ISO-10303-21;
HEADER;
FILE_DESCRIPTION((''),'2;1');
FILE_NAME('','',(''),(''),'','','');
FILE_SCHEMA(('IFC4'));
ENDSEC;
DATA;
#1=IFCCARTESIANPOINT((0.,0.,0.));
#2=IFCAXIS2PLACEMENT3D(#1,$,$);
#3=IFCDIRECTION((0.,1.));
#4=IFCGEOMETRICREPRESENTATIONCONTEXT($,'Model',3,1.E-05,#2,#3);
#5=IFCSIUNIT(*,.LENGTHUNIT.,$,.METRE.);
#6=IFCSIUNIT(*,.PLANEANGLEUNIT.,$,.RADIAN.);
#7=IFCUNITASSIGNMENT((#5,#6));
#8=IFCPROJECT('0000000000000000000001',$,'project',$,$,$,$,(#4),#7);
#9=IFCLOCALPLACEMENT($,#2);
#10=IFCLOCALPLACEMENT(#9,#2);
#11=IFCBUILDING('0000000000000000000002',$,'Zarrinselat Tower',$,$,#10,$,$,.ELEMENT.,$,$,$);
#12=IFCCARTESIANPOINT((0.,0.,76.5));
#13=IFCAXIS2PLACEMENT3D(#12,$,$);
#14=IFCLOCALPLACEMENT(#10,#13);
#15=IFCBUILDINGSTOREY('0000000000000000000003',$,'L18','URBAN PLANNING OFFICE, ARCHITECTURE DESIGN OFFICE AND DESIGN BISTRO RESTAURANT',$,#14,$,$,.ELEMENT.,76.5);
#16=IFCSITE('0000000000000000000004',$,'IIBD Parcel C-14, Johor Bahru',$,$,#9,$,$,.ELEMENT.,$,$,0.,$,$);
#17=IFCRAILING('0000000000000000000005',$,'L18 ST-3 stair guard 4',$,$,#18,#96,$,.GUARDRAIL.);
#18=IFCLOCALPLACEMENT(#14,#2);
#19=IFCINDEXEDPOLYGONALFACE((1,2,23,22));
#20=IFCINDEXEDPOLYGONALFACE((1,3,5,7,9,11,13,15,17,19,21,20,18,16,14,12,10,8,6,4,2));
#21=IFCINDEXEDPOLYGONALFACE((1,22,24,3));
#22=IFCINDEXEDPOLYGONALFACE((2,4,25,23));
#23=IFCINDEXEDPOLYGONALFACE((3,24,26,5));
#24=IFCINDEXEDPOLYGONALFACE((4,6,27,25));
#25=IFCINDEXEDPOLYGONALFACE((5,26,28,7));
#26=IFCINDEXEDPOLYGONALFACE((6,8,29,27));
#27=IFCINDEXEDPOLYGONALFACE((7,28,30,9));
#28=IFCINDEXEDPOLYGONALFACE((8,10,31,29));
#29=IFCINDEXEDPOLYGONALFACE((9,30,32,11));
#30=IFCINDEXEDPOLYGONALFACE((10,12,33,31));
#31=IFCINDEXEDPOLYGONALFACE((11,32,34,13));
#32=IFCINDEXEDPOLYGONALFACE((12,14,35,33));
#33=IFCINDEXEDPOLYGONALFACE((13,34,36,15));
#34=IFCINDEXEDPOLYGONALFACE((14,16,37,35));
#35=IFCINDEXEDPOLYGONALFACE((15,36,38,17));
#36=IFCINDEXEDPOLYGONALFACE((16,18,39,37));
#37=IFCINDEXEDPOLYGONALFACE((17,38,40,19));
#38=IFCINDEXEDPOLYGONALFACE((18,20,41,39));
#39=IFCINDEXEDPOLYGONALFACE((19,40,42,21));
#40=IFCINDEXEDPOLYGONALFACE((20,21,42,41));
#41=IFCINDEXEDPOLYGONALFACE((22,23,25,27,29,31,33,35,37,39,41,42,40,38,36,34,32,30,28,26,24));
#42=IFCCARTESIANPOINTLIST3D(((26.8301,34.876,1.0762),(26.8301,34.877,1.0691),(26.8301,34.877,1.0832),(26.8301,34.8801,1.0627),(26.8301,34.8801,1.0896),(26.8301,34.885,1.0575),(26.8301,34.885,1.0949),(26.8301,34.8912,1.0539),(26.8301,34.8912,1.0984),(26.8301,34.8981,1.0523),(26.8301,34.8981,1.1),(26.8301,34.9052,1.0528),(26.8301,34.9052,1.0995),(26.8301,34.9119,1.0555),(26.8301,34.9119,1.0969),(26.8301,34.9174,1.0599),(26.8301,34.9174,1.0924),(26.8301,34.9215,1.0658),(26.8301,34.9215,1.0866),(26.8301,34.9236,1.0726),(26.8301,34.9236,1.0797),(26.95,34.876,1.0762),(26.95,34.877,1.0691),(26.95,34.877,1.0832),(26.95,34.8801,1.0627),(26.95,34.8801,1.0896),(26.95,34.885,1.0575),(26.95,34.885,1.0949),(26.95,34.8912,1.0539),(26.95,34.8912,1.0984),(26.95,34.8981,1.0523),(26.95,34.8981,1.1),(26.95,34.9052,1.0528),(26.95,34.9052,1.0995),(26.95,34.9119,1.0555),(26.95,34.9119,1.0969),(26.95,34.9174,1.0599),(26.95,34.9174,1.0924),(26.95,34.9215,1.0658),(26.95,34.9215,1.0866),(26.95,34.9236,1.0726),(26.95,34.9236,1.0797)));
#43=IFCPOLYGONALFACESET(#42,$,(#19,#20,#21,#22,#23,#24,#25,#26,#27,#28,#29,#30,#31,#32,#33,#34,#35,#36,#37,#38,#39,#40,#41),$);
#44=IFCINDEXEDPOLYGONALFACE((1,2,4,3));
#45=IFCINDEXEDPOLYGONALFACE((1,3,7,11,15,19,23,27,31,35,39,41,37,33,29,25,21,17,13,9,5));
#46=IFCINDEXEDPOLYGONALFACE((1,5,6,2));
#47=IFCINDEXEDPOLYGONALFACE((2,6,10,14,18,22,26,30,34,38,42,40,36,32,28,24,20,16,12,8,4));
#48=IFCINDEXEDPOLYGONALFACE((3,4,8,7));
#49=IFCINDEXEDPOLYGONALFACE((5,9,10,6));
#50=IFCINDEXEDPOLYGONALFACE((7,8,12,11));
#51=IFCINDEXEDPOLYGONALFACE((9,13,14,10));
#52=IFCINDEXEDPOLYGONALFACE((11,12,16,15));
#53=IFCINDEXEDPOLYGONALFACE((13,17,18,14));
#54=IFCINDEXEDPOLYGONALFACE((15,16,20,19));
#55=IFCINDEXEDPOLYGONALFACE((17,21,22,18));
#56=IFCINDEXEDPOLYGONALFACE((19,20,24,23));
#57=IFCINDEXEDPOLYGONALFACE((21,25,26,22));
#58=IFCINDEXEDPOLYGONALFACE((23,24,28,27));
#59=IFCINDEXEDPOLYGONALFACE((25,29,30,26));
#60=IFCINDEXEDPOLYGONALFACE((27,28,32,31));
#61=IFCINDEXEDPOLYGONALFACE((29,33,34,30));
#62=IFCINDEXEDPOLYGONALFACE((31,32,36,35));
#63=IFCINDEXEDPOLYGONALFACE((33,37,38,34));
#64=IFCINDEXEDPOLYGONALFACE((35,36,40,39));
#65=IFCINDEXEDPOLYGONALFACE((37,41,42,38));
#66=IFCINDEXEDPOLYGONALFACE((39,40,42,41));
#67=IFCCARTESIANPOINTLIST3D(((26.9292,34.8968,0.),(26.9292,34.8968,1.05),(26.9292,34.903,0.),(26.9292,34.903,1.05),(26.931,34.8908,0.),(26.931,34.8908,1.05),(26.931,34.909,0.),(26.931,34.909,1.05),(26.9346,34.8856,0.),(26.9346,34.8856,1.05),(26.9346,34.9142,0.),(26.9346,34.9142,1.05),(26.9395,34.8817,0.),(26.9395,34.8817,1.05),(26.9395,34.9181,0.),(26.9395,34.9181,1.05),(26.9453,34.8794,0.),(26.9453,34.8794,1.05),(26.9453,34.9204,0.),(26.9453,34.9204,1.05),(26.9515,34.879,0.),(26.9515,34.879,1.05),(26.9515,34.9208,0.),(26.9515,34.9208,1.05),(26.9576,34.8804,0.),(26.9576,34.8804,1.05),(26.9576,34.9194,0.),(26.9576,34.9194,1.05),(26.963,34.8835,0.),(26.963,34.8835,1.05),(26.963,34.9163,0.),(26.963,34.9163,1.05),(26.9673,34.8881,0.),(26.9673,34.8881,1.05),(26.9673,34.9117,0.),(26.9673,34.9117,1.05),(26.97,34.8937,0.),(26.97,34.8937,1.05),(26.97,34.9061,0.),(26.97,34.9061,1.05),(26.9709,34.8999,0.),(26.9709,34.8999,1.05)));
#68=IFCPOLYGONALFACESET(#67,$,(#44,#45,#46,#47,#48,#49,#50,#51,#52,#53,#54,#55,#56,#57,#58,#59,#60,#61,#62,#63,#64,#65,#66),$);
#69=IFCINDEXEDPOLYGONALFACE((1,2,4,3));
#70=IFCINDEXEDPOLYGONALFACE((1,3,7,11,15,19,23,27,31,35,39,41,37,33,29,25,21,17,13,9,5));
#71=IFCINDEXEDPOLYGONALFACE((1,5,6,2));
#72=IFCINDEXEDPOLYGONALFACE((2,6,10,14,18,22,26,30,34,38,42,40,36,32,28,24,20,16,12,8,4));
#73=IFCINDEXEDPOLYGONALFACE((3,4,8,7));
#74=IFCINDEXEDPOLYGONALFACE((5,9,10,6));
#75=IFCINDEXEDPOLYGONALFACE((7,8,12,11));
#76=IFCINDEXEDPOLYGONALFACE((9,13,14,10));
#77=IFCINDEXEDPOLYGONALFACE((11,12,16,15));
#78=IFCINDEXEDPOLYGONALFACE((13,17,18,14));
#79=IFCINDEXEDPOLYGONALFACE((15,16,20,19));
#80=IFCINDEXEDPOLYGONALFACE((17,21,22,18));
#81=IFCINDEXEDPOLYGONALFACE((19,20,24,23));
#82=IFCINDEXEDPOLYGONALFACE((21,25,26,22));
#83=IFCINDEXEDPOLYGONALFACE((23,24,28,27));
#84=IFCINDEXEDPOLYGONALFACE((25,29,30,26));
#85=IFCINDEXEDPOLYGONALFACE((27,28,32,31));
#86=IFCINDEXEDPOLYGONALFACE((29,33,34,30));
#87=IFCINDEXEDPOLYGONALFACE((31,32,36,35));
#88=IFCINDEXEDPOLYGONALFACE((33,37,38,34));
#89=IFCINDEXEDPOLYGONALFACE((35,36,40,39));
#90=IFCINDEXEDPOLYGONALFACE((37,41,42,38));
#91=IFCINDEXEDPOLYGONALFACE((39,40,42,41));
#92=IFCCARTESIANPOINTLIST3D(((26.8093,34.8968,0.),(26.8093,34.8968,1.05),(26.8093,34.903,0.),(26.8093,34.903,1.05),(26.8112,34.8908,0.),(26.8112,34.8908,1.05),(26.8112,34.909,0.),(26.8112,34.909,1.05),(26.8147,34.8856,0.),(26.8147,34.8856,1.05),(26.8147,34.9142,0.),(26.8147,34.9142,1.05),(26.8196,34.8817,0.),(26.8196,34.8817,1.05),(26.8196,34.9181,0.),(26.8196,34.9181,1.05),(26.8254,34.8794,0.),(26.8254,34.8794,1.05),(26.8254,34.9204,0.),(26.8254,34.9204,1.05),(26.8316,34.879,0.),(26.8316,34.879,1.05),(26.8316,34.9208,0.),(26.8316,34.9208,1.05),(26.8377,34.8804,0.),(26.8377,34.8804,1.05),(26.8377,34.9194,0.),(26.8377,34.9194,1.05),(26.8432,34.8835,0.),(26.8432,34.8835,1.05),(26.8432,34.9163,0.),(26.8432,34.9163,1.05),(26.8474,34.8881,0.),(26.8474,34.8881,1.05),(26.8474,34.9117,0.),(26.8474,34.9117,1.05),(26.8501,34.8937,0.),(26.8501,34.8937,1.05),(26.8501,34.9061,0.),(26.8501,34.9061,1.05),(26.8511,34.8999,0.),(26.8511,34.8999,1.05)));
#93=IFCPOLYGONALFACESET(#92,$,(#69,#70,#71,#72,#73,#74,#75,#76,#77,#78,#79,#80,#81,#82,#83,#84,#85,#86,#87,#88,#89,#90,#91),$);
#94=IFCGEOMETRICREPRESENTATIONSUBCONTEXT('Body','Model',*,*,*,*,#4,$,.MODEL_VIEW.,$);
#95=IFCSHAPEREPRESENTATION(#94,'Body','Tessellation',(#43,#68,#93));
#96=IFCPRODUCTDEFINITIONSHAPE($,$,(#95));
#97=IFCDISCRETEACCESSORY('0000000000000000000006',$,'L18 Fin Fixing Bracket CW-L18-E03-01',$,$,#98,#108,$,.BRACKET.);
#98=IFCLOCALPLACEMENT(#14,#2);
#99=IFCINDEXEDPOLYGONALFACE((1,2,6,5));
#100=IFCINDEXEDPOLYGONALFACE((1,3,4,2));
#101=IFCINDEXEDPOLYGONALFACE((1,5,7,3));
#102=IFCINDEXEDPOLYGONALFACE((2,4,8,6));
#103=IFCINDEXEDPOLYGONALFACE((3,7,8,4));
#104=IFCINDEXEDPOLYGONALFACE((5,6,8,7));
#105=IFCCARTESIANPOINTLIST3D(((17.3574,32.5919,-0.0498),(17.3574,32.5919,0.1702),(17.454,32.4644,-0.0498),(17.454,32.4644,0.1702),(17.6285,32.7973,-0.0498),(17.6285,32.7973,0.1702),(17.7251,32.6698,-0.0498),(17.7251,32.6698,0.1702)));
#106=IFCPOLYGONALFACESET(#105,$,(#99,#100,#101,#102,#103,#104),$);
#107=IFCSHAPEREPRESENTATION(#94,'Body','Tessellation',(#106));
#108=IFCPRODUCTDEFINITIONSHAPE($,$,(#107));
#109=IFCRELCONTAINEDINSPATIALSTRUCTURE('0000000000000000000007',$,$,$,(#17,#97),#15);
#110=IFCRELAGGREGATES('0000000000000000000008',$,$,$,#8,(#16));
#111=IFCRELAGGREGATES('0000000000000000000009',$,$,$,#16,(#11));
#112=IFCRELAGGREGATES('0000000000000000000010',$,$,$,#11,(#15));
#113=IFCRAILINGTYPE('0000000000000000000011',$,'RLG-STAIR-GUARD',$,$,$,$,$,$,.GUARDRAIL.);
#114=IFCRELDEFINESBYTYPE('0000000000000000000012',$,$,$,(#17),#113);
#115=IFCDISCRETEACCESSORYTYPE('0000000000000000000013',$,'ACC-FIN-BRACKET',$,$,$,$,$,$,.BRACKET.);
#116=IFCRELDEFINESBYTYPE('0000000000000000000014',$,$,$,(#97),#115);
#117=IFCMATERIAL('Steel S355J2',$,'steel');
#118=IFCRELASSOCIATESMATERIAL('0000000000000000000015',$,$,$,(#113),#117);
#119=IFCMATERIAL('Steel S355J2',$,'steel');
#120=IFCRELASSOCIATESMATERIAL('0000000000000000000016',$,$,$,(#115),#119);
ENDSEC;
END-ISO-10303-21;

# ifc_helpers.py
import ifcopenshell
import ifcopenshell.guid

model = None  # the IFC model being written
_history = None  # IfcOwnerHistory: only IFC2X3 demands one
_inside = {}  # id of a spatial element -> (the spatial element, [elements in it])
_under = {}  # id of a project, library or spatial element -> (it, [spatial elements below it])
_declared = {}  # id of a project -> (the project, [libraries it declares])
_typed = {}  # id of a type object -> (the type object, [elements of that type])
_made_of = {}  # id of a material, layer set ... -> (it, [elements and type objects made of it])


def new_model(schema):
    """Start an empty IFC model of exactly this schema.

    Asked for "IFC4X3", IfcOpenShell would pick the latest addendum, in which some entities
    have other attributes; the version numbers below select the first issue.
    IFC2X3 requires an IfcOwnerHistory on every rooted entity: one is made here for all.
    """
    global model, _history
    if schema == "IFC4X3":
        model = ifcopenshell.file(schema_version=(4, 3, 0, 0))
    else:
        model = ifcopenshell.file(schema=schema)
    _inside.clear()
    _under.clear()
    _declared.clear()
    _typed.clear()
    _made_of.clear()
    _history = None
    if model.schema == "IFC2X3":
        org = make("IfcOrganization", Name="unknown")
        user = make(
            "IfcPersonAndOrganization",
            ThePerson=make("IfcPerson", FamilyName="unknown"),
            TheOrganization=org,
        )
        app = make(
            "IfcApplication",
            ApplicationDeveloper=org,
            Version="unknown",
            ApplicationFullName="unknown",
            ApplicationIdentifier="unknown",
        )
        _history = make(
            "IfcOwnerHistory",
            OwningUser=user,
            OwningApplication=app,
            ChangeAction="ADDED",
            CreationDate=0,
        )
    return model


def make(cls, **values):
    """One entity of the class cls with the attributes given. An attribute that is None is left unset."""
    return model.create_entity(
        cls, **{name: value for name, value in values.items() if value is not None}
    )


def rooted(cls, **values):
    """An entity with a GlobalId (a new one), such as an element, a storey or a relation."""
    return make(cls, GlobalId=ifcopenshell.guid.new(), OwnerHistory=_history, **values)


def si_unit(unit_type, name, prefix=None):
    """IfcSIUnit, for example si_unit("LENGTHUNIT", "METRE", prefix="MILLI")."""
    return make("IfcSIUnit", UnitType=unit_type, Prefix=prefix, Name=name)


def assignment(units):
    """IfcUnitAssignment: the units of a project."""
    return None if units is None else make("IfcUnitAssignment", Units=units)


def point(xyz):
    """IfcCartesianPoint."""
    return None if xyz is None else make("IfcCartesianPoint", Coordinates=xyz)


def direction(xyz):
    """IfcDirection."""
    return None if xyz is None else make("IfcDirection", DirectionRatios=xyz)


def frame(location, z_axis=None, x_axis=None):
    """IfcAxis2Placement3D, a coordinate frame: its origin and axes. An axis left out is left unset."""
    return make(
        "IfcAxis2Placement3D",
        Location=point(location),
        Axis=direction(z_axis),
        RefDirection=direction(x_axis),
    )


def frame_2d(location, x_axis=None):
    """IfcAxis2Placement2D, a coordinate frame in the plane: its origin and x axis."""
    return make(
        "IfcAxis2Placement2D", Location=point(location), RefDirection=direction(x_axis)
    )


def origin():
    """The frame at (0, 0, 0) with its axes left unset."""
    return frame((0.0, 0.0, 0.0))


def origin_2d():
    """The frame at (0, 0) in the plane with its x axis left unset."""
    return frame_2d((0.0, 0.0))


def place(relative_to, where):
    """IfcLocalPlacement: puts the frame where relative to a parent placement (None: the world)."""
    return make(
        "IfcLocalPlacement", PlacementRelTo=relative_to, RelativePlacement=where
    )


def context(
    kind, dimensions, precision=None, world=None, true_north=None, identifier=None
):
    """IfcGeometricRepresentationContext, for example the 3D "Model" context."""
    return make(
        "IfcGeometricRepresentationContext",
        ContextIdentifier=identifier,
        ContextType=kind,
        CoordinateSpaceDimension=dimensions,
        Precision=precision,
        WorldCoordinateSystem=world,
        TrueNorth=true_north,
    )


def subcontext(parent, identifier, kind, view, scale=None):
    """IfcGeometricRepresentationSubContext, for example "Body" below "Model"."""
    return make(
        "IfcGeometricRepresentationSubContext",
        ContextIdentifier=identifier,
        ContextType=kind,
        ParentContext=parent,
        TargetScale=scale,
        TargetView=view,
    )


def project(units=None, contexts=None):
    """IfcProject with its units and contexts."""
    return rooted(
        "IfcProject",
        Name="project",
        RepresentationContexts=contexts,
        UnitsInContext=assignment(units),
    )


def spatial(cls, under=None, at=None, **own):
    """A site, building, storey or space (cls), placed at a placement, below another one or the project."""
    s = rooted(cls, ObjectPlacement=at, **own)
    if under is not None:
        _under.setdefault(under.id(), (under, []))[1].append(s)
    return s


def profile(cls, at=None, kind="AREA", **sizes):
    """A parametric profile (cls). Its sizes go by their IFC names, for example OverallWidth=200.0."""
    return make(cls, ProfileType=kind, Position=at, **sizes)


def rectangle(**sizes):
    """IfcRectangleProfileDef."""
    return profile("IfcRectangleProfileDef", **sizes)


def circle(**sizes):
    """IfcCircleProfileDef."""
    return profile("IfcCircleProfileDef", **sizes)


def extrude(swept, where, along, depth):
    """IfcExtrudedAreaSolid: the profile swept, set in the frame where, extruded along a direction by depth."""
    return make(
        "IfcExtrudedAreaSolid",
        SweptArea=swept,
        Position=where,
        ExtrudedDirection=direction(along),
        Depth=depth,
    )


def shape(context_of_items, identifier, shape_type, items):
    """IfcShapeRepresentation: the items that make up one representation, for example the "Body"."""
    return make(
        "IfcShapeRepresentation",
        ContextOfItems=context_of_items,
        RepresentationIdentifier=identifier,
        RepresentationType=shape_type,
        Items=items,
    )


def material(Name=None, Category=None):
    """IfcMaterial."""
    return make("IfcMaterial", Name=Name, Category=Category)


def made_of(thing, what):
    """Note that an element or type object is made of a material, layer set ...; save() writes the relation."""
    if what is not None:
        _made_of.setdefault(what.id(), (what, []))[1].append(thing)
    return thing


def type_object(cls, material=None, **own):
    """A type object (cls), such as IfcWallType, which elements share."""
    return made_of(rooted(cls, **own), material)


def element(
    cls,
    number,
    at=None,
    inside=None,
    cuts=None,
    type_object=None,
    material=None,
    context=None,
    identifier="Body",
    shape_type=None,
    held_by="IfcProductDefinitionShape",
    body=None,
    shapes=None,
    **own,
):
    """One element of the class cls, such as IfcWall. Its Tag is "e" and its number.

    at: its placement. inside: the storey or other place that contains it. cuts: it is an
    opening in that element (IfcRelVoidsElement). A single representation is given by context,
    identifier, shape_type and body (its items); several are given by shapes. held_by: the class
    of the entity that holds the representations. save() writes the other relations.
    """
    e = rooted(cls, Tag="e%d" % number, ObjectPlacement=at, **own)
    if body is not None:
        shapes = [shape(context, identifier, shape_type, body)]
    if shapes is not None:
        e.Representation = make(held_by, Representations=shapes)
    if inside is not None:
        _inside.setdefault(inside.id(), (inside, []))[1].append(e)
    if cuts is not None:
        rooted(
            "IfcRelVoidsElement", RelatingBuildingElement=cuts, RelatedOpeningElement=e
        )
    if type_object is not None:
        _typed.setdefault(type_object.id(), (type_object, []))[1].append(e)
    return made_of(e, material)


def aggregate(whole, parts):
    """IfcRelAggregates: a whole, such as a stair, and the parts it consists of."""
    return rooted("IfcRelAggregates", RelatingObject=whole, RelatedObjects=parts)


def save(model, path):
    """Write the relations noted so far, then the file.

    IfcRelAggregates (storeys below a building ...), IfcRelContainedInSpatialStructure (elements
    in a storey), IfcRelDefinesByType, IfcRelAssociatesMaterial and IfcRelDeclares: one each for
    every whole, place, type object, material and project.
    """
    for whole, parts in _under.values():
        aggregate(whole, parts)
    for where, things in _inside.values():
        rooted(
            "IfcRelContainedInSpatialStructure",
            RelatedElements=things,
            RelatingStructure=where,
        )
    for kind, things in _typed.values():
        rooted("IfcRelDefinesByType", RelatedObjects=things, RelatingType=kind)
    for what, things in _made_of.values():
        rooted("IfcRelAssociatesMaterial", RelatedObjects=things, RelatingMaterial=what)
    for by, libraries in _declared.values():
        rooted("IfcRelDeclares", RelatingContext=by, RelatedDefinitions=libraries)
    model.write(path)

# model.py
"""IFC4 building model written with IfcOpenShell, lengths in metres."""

from ifc_helpers import new_model, si_unit, direction, frame, origin, origin_2d, place, context, subcontext, project, spatial, rectangle, circle, extrude, material, type_object, element, save


model = new_model("IFC4")

# Units and contexts
model_context = context("Model", 3, precision=1e-05, world=origin(), true_north=direction((0.0, 1.0)))
body_context = subcontext(model_context, "Body", "Model", "MODEL_VIEW")
ifc_project = project(units=[si_unit("LENGTHUNIT", "METRE"), si_unit("PLANEANGLEUNIT", "RADIAN")], contexts=[model_context])

# Site, building, storey
site_placement = place(None, origin())
site = spatial("IfcSite", under=ifc_project, at=site_placement, Name="IIBD Parcel C-14, Johor Bahru", CompositionType="ELEMENT", RefElevation=0.0)
building_placement = place(site_placement, origin())
building = spatial("IfcBuilding", under=site, at=building_placement, Name="Zarrinselat Tower", CompositionType="ELEMENT")
storey_placement = place(building_placement, frame((0.0, 0.0, 76.5)))
storey = spatial("IfcBuildingStorey", under=building, at=storey_placement, Name="L18", Description="URBAN PLANNING OFFICE, ARCHITECTURE DESIGN OFFICE AND DESIGN BISTRO RESTAURANT", CompositionType="ELEMENT", Elevation=76.5)

# Railing
ifc_material_1 = material(Name="Steel S355J2", Category="steel")
railing_type = type_object("IfcRailingType", Name="RLG-STAIR-GUARD", PredefinedType="GUARDRAIL", material=ifc_material_1)
railing_1_placement = place(storey_placement, frame((26.95, 34.8999, 0.0)))
element("IfcRailing", 1, at=railing_1_placement, inside=storey, type_object=railing_type, Name="L18 ST-3 stair guard 4", PredefinedType="GUARDRAIL", context=body_context, shape_type="SweptSolid", body=[
    extrude(circle(Radius=0.0239, at=origin_2d()), frame((0.0, 0.0, 1.0762), z_axis=(-1.0, 0.0, 0.0), x_axis=(0.0, -1.0, 0.0)), (0.0, 0.0, 1.0), 0.1199),
    extrude(circle(Radius=0.021, at=origin_2d()), origin(), (0.0, 0.0, 1.0), 1.05),
    extrude(circle(Radius=0.021, at=origin_2d()), frame((-0.1199, 0.0, 0.0)), (0.0, 0.0, 1.0), 1.05),
])

# Discrete accessory
ifc_material_2 = material(Name="Steel S355J2", Category="steel")
discrete_accessory_type = type_object("IfcDiscreteAccessoryType", Name="ACC-FIN-BRACKET", PredefinedType="BRACKET", material=ifc_material_2)
discrete_accessory_placement = place(storey_placement, frame((17.5413, 32.6309, -0.0498), z_axis=(0.0, 0.0, 1.0), x_axis=(-0.797094, -0.603855, 0.0)))
element("IfcDiscreteAccessory", 2, at=discrete_accessory_placement, inside=storey, type_object=discrete_accessory_type, Name="L18 Fin Fixing Bracket CW-L18-E03-01", PredefinedType="BRACKET", context=body_context, shape_type="SweptSolid", body=[
    extrude(rectangle(XDim=0.3401, YDim=0.1599, at=origin_2d()), origin(), (0.0, 0.0, 1.0), 0.22),
])

save(model, "model.ifc")
